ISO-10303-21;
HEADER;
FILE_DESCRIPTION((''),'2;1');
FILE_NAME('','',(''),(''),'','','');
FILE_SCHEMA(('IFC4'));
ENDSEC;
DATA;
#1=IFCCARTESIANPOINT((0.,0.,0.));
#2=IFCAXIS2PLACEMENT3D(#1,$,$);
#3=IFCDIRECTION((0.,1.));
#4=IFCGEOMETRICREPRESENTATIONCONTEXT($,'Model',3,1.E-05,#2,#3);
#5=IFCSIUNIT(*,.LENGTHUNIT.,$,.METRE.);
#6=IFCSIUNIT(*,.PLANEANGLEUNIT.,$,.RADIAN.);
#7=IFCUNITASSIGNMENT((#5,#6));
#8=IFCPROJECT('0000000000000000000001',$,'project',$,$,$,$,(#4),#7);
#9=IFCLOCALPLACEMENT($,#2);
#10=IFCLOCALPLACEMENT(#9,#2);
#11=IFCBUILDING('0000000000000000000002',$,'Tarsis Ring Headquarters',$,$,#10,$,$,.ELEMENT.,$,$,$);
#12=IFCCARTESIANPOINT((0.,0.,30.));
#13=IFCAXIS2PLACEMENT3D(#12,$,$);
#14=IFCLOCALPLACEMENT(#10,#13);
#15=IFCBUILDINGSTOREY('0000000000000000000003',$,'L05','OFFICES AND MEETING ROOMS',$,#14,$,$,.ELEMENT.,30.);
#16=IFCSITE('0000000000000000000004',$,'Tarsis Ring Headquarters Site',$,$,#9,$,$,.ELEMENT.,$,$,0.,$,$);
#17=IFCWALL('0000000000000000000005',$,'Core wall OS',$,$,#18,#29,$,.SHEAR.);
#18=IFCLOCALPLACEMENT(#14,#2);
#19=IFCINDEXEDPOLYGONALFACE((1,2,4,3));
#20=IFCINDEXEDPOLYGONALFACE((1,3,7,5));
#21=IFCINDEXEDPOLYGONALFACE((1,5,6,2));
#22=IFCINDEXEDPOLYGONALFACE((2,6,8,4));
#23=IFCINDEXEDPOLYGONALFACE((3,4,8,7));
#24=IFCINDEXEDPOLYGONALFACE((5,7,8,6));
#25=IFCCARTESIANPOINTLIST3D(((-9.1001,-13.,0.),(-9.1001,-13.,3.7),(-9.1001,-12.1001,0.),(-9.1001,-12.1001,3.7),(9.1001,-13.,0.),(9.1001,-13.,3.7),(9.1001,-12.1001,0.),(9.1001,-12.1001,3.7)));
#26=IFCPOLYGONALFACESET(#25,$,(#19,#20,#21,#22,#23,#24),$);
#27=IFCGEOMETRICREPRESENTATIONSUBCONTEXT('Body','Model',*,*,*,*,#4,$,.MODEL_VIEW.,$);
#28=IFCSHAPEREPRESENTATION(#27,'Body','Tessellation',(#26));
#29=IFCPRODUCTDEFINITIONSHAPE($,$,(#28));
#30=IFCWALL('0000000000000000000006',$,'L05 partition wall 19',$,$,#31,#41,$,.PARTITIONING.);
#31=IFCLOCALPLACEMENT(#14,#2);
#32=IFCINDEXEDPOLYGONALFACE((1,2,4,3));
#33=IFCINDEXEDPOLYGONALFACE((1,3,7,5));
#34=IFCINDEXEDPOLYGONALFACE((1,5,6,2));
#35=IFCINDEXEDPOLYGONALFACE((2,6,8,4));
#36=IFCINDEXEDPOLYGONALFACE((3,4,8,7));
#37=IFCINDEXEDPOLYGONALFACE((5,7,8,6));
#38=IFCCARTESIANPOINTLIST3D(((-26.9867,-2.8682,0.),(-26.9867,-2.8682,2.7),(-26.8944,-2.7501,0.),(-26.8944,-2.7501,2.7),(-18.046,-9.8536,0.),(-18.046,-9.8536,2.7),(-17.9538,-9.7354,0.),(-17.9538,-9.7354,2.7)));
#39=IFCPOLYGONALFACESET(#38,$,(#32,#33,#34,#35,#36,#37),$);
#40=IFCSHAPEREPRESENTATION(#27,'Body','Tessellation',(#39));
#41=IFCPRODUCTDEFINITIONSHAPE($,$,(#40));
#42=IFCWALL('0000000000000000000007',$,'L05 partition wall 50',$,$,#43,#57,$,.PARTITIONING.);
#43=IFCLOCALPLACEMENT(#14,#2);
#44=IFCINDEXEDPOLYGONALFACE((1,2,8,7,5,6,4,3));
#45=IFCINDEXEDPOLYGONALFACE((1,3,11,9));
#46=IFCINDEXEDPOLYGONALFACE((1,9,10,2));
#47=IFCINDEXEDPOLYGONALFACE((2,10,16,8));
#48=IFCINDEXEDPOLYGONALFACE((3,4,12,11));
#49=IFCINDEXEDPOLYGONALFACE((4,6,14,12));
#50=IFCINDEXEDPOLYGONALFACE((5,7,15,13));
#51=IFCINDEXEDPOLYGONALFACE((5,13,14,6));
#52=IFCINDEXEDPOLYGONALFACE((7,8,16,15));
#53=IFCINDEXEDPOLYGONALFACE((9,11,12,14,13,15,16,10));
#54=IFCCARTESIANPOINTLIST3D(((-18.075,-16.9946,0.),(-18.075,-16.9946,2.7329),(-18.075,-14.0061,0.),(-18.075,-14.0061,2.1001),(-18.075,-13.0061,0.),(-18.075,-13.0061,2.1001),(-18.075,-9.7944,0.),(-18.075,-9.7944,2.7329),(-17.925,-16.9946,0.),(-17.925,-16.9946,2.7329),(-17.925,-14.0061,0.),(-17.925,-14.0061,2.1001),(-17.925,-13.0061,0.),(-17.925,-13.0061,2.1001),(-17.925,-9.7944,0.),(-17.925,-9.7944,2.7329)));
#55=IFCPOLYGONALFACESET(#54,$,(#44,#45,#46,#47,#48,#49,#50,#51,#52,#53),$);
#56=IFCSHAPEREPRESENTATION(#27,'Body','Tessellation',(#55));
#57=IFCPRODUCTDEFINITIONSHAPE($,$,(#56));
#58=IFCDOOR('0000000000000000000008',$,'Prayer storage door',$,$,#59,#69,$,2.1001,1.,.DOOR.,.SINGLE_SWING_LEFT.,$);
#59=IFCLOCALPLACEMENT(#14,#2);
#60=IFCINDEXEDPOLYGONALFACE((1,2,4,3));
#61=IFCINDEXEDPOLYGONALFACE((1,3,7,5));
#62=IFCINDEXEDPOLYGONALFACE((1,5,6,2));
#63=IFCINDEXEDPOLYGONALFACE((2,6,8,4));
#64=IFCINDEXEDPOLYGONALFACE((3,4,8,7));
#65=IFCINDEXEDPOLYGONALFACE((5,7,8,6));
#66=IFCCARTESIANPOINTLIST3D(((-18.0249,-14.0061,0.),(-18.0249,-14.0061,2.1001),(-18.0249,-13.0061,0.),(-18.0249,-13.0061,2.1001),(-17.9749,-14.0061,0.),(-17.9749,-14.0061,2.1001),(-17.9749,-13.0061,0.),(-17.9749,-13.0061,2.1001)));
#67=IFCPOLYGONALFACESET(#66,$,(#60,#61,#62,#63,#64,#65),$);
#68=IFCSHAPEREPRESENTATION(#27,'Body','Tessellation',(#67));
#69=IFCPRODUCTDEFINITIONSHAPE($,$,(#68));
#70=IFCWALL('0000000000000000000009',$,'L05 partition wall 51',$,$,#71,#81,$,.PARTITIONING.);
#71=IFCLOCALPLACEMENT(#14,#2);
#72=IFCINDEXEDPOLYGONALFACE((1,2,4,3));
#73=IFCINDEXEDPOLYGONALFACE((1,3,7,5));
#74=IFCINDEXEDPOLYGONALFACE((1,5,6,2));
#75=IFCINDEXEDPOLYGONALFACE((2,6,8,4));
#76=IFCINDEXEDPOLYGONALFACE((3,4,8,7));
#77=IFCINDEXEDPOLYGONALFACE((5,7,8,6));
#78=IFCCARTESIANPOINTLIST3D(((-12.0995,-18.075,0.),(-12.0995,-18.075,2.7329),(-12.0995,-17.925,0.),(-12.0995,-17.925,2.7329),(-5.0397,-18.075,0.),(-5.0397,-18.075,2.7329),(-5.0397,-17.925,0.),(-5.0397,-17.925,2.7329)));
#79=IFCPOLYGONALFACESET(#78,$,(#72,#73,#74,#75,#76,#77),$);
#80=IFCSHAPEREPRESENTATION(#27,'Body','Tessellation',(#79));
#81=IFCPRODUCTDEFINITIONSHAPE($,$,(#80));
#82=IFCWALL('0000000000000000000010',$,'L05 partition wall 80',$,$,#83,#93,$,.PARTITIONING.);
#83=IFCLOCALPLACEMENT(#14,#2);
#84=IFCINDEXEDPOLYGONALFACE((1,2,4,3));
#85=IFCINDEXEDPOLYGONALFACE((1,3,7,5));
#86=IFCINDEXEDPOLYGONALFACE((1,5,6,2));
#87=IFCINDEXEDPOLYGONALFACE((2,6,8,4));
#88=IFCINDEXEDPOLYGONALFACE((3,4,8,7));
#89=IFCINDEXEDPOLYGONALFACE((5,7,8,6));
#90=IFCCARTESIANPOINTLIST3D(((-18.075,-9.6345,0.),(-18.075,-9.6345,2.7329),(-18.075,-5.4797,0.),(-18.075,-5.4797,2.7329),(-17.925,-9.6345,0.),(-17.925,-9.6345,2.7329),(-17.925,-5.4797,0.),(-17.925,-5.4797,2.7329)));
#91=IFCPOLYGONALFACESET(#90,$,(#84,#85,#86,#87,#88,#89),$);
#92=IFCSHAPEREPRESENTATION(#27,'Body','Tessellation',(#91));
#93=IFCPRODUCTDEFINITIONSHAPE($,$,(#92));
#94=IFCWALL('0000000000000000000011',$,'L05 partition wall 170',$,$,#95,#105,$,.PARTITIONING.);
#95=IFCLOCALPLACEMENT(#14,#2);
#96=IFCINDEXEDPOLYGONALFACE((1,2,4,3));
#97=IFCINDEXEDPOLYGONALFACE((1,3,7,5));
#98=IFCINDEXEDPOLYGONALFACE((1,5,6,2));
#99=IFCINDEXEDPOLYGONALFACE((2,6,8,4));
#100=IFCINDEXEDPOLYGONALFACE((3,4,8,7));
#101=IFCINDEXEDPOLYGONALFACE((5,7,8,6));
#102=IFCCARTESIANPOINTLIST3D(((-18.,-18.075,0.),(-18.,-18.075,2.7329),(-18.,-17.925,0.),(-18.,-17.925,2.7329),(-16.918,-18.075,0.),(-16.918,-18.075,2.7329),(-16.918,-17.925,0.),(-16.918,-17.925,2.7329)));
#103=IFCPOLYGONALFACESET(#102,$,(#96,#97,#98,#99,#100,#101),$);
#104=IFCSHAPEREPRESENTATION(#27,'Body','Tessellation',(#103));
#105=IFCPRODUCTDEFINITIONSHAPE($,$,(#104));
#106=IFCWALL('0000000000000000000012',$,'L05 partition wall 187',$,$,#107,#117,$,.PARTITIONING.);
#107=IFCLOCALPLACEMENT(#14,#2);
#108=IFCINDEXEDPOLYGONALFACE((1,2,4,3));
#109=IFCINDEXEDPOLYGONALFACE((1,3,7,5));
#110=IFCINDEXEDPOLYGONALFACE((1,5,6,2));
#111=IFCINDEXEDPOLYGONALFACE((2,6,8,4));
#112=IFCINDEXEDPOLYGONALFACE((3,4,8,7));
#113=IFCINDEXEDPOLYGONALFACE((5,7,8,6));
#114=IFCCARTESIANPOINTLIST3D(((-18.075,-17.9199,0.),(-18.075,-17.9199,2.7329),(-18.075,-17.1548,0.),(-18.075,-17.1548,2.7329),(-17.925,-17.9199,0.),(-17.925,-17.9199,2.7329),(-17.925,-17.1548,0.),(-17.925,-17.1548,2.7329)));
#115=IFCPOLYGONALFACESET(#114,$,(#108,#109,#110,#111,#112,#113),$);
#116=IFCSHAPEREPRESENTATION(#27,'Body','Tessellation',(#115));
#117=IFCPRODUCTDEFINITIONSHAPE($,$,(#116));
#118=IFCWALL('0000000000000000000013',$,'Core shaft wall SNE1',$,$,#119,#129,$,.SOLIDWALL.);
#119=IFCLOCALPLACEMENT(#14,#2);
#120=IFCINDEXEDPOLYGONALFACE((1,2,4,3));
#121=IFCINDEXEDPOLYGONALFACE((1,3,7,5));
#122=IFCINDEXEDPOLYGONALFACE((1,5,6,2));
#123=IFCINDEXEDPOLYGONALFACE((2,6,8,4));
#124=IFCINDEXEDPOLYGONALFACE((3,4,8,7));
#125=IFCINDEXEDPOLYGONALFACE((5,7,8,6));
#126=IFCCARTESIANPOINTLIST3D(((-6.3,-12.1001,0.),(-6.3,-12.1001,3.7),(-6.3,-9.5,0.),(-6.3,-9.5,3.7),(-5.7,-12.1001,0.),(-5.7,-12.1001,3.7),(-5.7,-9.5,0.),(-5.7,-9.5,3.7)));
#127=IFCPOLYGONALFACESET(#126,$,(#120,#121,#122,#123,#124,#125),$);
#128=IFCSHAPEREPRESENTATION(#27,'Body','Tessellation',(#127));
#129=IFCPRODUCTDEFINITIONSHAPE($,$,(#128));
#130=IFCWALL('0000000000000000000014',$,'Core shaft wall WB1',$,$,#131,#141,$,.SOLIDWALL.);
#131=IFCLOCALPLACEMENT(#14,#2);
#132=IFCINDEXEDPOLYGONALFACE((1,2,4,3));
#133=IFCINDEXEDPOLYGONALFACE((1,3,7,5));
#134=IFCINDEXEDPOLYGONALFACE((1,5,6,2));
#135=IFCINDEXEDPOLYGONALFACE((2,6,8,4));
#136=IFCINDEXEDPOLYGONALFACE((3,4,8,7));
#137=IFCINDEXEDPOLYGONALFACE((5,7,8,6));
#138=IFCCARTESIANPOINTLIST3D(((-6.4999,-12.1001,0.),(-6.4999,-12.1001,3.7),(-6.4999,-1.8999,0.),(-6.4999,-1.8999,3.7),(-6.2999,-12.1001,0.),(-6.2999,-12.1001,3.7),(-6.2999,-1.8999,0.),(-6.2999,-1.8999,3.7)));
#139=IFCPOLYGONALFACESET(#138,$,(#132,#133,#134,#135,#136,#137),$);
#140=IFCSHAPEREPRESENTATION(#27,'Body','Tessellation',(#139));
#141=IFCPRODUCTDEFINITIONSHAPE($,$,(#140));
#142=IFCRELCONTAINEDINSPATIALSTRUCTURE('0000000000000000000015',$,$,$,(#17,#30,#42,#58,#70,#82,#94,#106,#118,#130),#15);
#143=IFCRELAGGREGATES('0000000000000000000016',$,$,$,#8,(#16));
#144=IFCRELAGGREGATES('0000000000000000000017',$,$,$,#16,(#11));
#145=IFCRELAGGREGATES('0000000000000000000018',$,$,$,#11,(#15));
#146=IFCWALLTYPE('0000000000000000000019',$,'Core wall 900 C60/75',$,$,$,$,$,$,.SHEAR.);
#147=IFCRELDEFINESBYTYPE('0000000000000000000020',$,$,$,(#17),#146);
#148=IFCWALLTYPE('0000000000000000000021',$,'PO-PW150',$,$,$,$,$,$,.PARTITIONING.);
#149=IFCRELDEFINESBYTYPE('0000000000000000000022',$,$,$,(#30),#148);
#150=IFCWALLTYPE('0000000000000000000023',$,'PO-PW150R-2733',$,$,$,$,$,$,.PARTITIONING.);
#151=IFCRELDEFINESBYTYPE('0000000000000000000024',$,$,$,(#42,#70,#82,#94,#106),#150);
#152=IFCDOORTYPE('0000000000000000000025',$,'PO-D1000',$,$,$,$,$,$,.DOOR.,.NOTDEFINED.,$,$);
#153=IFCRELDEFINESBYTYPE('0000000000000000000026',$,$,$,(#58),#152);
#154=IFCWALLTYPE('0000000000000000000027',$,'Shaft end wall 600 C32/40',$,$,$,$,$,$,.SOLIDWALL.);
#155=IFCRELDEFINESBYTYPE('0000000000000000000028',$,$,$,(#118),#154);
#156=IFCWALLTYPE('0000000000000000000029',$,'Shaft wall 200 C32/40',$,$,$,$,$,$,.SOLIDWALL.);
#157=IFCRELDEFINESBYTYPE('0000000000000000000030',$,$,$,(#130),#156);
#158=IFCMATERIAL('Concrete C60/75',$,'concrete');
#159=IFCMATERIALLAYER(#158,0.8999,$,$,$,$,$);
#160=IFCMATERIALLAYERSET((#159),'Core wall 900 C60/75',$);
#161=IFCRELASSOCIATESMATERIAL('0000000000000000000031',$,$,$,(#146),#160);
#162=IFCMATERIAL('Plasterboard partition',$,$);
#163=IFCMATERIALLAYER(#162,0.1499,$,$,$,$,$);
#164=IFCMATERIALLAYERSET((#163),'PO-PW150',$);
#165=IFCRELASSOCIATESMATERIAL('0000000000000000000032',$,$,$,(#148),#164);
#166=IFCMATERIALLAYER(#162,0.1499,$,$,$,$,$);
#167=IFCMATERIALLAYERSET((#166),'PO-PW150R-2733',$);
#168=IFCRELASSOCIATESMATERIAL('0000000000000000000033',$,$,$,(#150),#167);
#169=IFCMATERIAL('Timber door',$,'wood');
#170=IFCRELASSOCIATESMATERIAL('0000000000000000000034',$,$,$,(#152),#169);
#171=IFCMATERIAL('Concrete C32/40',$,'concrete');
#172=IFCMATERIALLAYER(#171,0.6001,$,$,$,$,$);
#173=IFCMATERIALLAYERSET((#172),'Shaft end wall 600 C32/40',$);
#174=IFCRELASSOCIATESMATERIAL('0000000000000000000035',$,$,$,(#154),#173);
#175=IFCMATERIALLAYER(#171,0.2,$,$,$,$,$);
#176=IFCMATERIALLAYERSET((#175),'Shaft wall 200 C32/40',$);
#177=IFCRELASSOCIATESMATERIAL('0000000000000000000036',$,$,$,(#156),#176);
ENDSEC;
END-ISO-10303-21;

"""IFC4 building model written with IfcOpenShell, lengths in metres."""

from ifc_helpers import new_model, si_unit, direction, frame, frame_2d, origin, place, context, subcontext, project, spatial, rectangle, extrude, material, layer, layer_set, type_object, element, fill, save


model = new_model("IFC4")

# Units and contexts
model_context = context("Model", 3, precision=1e-05, world=origin(), true_north=direction((0.0, 1.0)))
body_context = subcontext(model_context, "Body", "Model", "MODEL_VIEW")
ifc_project = project(units=[si_unit("LENGTHUNIT", "METRE"), si_unit("PLANEANGLEUNIT", "RADIAN")], contexts=[model_context])

# Site, building, storey
site_placement = place(None, origin())
site = spatial("IfcSite", under=ifc_project, at=site_placement, Name="Tarsis Ring Headquarters Site", CompositionType="ELEMENT", RefElevation=0.0)
building_placement = place(site_placement, origin())
building = spatial("IfcBuilding", under=site, at=building_placement, Name="Tarsis Ring Headquarters", CompositionType="ELEMENT")
storey_placement = place(building_placement, frame((0.0, 0.0, 30.0)))
storey = spatial("IfcBuildingStorey", under=building, at=storey_placement, Name="L05", Description="OFFICES AND MEETING ROOMS", CompositionType="ELEMENT", Elevation=30.0)

# Shared definitions
ifc_material_1 = material(Name="Concrete C60/75", Category="concrete")
ifc_layer_1 = layer(ifc_material_1, 0.8999)
ifc_layer_set_1 = layer_set([ifc_layer_1], Name="Core wall 900 C60/75")
wall_type_1 = type_object("IfcWallType", Name="Core wall 900 C60/75", PredefinedType="SHEAR", material=ifc_layer_set_1)

# Walls
wall_1_placement = place(storey_placement, frame((-9.1001, -12.55, 0.0), z_axis=(0.0, 0.0, 1.0), x_axis=(1.0, 0.0, 0.0)))
element("IfcWall", 1, at=wall_1_placement, inside=storey, type_object=wall_type_1, Name="Core wall OS", PredefinedType="SHEAR", context=body_context, shape_type="SweptSolid", body=[
    extrude(rectangle(XDim=18.2002, YDim=0.8999, at=frame_2d((9.1001, 0.0))), origin(), (0.0, 0.0, 1.0), 3.7),
])
ifc_material_2 = material(Name="Plasterboard partition")
ifc_layer_2 = layer(ifc_material_2, 0.1499)
ifc_layer_set_2 = layer_set([ifc_layer_2], Name="PO-PW150")
wall_type_2 = type_object("IfcWallType", Name="PO-PW150", PredefinedType="PARTITIONING", material=ifc_layer_set_2)
wall_2_placement = place(storey_placement, frame((-18.0, -9.7944, 0.0), z_axis=(0.0, 0.0, 1.0), x_axis=(-0.788005, 0.615669, 0.0)))
element("IfcWall", 2, at=wall_2_placement, inside=storey, type_object=wall_type_2, Name="L05 partition wall 19", PredefinedType="PARTITIONING", context=body_context, shape_type="SweptSolid", body=[
    extrude(rectangle(XDim=11.3459, YDim=0.1499, at=frame_2d((5.6729, 0.0))), origin(), (0.0, 0.0, 1.0), 2.7),
])

# Wall, opening, door
ifc_layer_3 = layer(ifc_material_2, 0.1499)
ifc_layer_set_3 = layer_set([ifc_layer_3], Name="PO-PW150R-2733")
wall_type_3 = type_object("IfcWallType", Name="PO-PW150R-2733", PredefinedType="PARTITIONING", material=ifc_layer_set_3)
wall_3_placement = place(storey_placement, frame((-18.0, -16.9946, 0.0), z_axis=(0.0, 0.0, 1.0), x_axis=(0.0, 1.0, 0.0)))
wall_3 = element("IfcWall", 3, at=wall_3_placement, inside=storey, type_object=wall_type_3, Name="L05 partition wall 50", PredefinedType="PARTITIONING", context=body_context, shape_type="SweptSolid", body=[
    extrude(rectangle(XDim=7.2002, YDim=0.1499, at=frame_2d((3.6001, 0.0))), origin(), (0.0, 0.0, 1.0), 2.7329),
])
opening_1_placement = place(wall_3_placement, frame((2.9885, 0.0, 0.0)))
opening_1 = element("IfcOpeningElement", 4, at=opening_1_placement, cuts=wall_3, PredefinedType="OPENING", context=body_context, shape_type="SweptSolid", body=[
    extrude(rectangle(XDim=1.0, YDim=2.1001, at=frame_2d((0.5, 1.05))), frame((0.0, 0.085, 0.0), z_axis=(0.0, -1.0, 0.0), x_axis=(1.0, 0.0, 0.0)), (0.0, 0.0, 1.0), 0.1699),
])
ifc_material_3 = material(Name="Timber door", Category="wood")
door_type_1 = type_object("IfcDoorType", Name="PO-D1000", OperationType="NOTDEFINED", PredefinedType="DOOR", material=ifc_material_3)
door_1_placement = place(opening_1_placement, origin())
door_1 = element("IfcDoor", 5, at=door_1_placement, inside=storey, type_object=door_type_1, Name="Prayer storage door", OperationType="SINGLE_SWING_LEFT", OverallHeight=2.1001, OverallWidth=1.0, PredefinedType="DOOR", context=body_context, shape_type="SweptSolid", body=[
    extrude(rectangle(XDim=1.0, YDim=2.1001, at=frame_2d((0.5, 1.05))), frame((0.0, 0.0249, 0.0), z_axis=(0.0, -1.0, 0.0), x_axis=(1.0, 0.0, 0.0)), (0.0, 0.0, 1.0), 0.05),
])
fill(opening_1, door_1)

# Walls
wall_4_placement = place(storey_placement, frame((-5.0398, -18.0, 0.0), z_axis=(0.0, 0.0, 1.0), x_axis=(-1.0, 0.0, 0.0)))
element("IfcWall", 6, at=wall_4_placement, inside=storey, type_object=wall_type_3, Name="L05 partition wall 51", PredefinedType="PARTITIONING", context=body_context, shape_type="SweptSolid", body=[
    extrude(rectangle(XDim=7.0598, YDim=0.1499, at=frame_2d((3.5298, 0.0))), origin(), (0.0, 0.0, 1.0), 2.7329),
])
wall_5_placement = place(storey_placement, frame((-18.0, -9.6345, 0.0), z_axis=(0.0, 0.0, 1.0), x_axis=(0.0, 1.0, 0.0)))
element("IfcWall", 7, at=wall_5_placement, inside=storey, type_object=wall_type_3, Name="L05 partition wall 80", PredefinedType="PARTITIONING", context=body_context, shape_type="SweptSolid", body=[
    extrude(rectangle(XDim=4.1548, YDim=0.1499, at=frame_2d((2.0774, 0.0))), origin(), (0.0, 0.0, 1.0), 2.7329),
])
wall_6_placement = place(storey_placement, frame((-16.918, -18.0, 0.0), z_axis=(0.0, 0.0, 1.0), x_axis=(-1.0, 0.0, 0.0)))
element("IfcWall", 8, at=wall_6_placement, inside=storey, type_object=wall_type_3, Name="L05 partition wall 170", PredefinedType="PARTITIONING", context=body_context, shape_type="SweptSolid", body=[
    extrude(rectangle(XDim=1.082, YDim=0.1499, at=frame_2d((0.541, 0.0))), origin(), (0.0, 0.0, 1.0), 2.7329),
])
wall_7_placement = place(storey_placement, frame((-18.0, -17.9199, 0.0), z_axis=(0.0, 0.0, 1.0), x_axis=(0.0, 1.0, 0.0)))
element("IfcWall", 9, at=wall_7_placement, inside=storey, type_object=wall_type_3, Name="L05 partition wall 187", PredefinedType="PARTITIONING", context=body_context, shape_type="SweptSolid", body=[
    extrude(rectangle(XDim=0.7651, YDim=0.1499, at=frame_2d((0.3826, 0.0))), origin(), (0.0, 0.0, 1.0), 2.7329),
])
ifc_material_4 = material(Name="Concrete C32/40", Category="concrete")
ifc_layer_4 = layer(ifc_material_4, 0.6001)
ifc_layer_set_4 = layer_set([ifc_layer_4], Name="Shaft end wall 600 C32/40")
wall_type_4 = type_object("IfcWallType", Name="Shaft end wall 600 C32/40", PredefinedType="SOLIDWALL", material=ifc_layer_set_4)
wall_8_placement = place(storey_placement, frame((-6.0, -12.1001, 0.0), z_axis=(0.0, 0.0, 1.0), x_axis=(0.0, 1.0, 0.0)))
element("IfcWall", 10, at=wall_8_placement, inside=storey, type_object=wall_type_4, Name="Core shaft wall SNE1", PredefinedType="SOLIDWALL", context=body_context, shape_type="SweptSolid", body=[
    extrude(rectangle(XDim=2.6001, YDim=0.6001, at=frame_2d((1.3, 0.0))), origin(), (0.0, 0.0, 1.0), 3.7),
])
ifc_layer_5 = layer(ifc_material_4, 0.2)
ifc_layer_set_5 = layer_set([ifc_layer_5], Name="Shaft wall 200 C32/40")
wall_type_5 = type_object("IfcWallType", Name="Shaft wall 200 C32/40", PredefinedType="SOLIDWALL", material=ifc_layer_set_5)
wall_9_placement = place(storey_placement, frame((-6.3999, -12.1001, 0.0), z_axis=(0.0, 0.0, 1.0), x_axis=(0.0, 1.0, 0.0)))
element("IfcWall", 11, at=wall_9_placement, inside=storey, type_object=wall_type_5, Name="Core shaft wall WB1", PredefinedType="SOLIDWALL", context=body_context, shape_type="SweptSolid", body=[
    extrude(rectangle(XDim=10.2002, YDim=0.2, at=frame_2d((5.1001, 0.0))), origin(), (0.0, 0.0, 1.0), 3.7),
])

save(model, "model.ifc")
